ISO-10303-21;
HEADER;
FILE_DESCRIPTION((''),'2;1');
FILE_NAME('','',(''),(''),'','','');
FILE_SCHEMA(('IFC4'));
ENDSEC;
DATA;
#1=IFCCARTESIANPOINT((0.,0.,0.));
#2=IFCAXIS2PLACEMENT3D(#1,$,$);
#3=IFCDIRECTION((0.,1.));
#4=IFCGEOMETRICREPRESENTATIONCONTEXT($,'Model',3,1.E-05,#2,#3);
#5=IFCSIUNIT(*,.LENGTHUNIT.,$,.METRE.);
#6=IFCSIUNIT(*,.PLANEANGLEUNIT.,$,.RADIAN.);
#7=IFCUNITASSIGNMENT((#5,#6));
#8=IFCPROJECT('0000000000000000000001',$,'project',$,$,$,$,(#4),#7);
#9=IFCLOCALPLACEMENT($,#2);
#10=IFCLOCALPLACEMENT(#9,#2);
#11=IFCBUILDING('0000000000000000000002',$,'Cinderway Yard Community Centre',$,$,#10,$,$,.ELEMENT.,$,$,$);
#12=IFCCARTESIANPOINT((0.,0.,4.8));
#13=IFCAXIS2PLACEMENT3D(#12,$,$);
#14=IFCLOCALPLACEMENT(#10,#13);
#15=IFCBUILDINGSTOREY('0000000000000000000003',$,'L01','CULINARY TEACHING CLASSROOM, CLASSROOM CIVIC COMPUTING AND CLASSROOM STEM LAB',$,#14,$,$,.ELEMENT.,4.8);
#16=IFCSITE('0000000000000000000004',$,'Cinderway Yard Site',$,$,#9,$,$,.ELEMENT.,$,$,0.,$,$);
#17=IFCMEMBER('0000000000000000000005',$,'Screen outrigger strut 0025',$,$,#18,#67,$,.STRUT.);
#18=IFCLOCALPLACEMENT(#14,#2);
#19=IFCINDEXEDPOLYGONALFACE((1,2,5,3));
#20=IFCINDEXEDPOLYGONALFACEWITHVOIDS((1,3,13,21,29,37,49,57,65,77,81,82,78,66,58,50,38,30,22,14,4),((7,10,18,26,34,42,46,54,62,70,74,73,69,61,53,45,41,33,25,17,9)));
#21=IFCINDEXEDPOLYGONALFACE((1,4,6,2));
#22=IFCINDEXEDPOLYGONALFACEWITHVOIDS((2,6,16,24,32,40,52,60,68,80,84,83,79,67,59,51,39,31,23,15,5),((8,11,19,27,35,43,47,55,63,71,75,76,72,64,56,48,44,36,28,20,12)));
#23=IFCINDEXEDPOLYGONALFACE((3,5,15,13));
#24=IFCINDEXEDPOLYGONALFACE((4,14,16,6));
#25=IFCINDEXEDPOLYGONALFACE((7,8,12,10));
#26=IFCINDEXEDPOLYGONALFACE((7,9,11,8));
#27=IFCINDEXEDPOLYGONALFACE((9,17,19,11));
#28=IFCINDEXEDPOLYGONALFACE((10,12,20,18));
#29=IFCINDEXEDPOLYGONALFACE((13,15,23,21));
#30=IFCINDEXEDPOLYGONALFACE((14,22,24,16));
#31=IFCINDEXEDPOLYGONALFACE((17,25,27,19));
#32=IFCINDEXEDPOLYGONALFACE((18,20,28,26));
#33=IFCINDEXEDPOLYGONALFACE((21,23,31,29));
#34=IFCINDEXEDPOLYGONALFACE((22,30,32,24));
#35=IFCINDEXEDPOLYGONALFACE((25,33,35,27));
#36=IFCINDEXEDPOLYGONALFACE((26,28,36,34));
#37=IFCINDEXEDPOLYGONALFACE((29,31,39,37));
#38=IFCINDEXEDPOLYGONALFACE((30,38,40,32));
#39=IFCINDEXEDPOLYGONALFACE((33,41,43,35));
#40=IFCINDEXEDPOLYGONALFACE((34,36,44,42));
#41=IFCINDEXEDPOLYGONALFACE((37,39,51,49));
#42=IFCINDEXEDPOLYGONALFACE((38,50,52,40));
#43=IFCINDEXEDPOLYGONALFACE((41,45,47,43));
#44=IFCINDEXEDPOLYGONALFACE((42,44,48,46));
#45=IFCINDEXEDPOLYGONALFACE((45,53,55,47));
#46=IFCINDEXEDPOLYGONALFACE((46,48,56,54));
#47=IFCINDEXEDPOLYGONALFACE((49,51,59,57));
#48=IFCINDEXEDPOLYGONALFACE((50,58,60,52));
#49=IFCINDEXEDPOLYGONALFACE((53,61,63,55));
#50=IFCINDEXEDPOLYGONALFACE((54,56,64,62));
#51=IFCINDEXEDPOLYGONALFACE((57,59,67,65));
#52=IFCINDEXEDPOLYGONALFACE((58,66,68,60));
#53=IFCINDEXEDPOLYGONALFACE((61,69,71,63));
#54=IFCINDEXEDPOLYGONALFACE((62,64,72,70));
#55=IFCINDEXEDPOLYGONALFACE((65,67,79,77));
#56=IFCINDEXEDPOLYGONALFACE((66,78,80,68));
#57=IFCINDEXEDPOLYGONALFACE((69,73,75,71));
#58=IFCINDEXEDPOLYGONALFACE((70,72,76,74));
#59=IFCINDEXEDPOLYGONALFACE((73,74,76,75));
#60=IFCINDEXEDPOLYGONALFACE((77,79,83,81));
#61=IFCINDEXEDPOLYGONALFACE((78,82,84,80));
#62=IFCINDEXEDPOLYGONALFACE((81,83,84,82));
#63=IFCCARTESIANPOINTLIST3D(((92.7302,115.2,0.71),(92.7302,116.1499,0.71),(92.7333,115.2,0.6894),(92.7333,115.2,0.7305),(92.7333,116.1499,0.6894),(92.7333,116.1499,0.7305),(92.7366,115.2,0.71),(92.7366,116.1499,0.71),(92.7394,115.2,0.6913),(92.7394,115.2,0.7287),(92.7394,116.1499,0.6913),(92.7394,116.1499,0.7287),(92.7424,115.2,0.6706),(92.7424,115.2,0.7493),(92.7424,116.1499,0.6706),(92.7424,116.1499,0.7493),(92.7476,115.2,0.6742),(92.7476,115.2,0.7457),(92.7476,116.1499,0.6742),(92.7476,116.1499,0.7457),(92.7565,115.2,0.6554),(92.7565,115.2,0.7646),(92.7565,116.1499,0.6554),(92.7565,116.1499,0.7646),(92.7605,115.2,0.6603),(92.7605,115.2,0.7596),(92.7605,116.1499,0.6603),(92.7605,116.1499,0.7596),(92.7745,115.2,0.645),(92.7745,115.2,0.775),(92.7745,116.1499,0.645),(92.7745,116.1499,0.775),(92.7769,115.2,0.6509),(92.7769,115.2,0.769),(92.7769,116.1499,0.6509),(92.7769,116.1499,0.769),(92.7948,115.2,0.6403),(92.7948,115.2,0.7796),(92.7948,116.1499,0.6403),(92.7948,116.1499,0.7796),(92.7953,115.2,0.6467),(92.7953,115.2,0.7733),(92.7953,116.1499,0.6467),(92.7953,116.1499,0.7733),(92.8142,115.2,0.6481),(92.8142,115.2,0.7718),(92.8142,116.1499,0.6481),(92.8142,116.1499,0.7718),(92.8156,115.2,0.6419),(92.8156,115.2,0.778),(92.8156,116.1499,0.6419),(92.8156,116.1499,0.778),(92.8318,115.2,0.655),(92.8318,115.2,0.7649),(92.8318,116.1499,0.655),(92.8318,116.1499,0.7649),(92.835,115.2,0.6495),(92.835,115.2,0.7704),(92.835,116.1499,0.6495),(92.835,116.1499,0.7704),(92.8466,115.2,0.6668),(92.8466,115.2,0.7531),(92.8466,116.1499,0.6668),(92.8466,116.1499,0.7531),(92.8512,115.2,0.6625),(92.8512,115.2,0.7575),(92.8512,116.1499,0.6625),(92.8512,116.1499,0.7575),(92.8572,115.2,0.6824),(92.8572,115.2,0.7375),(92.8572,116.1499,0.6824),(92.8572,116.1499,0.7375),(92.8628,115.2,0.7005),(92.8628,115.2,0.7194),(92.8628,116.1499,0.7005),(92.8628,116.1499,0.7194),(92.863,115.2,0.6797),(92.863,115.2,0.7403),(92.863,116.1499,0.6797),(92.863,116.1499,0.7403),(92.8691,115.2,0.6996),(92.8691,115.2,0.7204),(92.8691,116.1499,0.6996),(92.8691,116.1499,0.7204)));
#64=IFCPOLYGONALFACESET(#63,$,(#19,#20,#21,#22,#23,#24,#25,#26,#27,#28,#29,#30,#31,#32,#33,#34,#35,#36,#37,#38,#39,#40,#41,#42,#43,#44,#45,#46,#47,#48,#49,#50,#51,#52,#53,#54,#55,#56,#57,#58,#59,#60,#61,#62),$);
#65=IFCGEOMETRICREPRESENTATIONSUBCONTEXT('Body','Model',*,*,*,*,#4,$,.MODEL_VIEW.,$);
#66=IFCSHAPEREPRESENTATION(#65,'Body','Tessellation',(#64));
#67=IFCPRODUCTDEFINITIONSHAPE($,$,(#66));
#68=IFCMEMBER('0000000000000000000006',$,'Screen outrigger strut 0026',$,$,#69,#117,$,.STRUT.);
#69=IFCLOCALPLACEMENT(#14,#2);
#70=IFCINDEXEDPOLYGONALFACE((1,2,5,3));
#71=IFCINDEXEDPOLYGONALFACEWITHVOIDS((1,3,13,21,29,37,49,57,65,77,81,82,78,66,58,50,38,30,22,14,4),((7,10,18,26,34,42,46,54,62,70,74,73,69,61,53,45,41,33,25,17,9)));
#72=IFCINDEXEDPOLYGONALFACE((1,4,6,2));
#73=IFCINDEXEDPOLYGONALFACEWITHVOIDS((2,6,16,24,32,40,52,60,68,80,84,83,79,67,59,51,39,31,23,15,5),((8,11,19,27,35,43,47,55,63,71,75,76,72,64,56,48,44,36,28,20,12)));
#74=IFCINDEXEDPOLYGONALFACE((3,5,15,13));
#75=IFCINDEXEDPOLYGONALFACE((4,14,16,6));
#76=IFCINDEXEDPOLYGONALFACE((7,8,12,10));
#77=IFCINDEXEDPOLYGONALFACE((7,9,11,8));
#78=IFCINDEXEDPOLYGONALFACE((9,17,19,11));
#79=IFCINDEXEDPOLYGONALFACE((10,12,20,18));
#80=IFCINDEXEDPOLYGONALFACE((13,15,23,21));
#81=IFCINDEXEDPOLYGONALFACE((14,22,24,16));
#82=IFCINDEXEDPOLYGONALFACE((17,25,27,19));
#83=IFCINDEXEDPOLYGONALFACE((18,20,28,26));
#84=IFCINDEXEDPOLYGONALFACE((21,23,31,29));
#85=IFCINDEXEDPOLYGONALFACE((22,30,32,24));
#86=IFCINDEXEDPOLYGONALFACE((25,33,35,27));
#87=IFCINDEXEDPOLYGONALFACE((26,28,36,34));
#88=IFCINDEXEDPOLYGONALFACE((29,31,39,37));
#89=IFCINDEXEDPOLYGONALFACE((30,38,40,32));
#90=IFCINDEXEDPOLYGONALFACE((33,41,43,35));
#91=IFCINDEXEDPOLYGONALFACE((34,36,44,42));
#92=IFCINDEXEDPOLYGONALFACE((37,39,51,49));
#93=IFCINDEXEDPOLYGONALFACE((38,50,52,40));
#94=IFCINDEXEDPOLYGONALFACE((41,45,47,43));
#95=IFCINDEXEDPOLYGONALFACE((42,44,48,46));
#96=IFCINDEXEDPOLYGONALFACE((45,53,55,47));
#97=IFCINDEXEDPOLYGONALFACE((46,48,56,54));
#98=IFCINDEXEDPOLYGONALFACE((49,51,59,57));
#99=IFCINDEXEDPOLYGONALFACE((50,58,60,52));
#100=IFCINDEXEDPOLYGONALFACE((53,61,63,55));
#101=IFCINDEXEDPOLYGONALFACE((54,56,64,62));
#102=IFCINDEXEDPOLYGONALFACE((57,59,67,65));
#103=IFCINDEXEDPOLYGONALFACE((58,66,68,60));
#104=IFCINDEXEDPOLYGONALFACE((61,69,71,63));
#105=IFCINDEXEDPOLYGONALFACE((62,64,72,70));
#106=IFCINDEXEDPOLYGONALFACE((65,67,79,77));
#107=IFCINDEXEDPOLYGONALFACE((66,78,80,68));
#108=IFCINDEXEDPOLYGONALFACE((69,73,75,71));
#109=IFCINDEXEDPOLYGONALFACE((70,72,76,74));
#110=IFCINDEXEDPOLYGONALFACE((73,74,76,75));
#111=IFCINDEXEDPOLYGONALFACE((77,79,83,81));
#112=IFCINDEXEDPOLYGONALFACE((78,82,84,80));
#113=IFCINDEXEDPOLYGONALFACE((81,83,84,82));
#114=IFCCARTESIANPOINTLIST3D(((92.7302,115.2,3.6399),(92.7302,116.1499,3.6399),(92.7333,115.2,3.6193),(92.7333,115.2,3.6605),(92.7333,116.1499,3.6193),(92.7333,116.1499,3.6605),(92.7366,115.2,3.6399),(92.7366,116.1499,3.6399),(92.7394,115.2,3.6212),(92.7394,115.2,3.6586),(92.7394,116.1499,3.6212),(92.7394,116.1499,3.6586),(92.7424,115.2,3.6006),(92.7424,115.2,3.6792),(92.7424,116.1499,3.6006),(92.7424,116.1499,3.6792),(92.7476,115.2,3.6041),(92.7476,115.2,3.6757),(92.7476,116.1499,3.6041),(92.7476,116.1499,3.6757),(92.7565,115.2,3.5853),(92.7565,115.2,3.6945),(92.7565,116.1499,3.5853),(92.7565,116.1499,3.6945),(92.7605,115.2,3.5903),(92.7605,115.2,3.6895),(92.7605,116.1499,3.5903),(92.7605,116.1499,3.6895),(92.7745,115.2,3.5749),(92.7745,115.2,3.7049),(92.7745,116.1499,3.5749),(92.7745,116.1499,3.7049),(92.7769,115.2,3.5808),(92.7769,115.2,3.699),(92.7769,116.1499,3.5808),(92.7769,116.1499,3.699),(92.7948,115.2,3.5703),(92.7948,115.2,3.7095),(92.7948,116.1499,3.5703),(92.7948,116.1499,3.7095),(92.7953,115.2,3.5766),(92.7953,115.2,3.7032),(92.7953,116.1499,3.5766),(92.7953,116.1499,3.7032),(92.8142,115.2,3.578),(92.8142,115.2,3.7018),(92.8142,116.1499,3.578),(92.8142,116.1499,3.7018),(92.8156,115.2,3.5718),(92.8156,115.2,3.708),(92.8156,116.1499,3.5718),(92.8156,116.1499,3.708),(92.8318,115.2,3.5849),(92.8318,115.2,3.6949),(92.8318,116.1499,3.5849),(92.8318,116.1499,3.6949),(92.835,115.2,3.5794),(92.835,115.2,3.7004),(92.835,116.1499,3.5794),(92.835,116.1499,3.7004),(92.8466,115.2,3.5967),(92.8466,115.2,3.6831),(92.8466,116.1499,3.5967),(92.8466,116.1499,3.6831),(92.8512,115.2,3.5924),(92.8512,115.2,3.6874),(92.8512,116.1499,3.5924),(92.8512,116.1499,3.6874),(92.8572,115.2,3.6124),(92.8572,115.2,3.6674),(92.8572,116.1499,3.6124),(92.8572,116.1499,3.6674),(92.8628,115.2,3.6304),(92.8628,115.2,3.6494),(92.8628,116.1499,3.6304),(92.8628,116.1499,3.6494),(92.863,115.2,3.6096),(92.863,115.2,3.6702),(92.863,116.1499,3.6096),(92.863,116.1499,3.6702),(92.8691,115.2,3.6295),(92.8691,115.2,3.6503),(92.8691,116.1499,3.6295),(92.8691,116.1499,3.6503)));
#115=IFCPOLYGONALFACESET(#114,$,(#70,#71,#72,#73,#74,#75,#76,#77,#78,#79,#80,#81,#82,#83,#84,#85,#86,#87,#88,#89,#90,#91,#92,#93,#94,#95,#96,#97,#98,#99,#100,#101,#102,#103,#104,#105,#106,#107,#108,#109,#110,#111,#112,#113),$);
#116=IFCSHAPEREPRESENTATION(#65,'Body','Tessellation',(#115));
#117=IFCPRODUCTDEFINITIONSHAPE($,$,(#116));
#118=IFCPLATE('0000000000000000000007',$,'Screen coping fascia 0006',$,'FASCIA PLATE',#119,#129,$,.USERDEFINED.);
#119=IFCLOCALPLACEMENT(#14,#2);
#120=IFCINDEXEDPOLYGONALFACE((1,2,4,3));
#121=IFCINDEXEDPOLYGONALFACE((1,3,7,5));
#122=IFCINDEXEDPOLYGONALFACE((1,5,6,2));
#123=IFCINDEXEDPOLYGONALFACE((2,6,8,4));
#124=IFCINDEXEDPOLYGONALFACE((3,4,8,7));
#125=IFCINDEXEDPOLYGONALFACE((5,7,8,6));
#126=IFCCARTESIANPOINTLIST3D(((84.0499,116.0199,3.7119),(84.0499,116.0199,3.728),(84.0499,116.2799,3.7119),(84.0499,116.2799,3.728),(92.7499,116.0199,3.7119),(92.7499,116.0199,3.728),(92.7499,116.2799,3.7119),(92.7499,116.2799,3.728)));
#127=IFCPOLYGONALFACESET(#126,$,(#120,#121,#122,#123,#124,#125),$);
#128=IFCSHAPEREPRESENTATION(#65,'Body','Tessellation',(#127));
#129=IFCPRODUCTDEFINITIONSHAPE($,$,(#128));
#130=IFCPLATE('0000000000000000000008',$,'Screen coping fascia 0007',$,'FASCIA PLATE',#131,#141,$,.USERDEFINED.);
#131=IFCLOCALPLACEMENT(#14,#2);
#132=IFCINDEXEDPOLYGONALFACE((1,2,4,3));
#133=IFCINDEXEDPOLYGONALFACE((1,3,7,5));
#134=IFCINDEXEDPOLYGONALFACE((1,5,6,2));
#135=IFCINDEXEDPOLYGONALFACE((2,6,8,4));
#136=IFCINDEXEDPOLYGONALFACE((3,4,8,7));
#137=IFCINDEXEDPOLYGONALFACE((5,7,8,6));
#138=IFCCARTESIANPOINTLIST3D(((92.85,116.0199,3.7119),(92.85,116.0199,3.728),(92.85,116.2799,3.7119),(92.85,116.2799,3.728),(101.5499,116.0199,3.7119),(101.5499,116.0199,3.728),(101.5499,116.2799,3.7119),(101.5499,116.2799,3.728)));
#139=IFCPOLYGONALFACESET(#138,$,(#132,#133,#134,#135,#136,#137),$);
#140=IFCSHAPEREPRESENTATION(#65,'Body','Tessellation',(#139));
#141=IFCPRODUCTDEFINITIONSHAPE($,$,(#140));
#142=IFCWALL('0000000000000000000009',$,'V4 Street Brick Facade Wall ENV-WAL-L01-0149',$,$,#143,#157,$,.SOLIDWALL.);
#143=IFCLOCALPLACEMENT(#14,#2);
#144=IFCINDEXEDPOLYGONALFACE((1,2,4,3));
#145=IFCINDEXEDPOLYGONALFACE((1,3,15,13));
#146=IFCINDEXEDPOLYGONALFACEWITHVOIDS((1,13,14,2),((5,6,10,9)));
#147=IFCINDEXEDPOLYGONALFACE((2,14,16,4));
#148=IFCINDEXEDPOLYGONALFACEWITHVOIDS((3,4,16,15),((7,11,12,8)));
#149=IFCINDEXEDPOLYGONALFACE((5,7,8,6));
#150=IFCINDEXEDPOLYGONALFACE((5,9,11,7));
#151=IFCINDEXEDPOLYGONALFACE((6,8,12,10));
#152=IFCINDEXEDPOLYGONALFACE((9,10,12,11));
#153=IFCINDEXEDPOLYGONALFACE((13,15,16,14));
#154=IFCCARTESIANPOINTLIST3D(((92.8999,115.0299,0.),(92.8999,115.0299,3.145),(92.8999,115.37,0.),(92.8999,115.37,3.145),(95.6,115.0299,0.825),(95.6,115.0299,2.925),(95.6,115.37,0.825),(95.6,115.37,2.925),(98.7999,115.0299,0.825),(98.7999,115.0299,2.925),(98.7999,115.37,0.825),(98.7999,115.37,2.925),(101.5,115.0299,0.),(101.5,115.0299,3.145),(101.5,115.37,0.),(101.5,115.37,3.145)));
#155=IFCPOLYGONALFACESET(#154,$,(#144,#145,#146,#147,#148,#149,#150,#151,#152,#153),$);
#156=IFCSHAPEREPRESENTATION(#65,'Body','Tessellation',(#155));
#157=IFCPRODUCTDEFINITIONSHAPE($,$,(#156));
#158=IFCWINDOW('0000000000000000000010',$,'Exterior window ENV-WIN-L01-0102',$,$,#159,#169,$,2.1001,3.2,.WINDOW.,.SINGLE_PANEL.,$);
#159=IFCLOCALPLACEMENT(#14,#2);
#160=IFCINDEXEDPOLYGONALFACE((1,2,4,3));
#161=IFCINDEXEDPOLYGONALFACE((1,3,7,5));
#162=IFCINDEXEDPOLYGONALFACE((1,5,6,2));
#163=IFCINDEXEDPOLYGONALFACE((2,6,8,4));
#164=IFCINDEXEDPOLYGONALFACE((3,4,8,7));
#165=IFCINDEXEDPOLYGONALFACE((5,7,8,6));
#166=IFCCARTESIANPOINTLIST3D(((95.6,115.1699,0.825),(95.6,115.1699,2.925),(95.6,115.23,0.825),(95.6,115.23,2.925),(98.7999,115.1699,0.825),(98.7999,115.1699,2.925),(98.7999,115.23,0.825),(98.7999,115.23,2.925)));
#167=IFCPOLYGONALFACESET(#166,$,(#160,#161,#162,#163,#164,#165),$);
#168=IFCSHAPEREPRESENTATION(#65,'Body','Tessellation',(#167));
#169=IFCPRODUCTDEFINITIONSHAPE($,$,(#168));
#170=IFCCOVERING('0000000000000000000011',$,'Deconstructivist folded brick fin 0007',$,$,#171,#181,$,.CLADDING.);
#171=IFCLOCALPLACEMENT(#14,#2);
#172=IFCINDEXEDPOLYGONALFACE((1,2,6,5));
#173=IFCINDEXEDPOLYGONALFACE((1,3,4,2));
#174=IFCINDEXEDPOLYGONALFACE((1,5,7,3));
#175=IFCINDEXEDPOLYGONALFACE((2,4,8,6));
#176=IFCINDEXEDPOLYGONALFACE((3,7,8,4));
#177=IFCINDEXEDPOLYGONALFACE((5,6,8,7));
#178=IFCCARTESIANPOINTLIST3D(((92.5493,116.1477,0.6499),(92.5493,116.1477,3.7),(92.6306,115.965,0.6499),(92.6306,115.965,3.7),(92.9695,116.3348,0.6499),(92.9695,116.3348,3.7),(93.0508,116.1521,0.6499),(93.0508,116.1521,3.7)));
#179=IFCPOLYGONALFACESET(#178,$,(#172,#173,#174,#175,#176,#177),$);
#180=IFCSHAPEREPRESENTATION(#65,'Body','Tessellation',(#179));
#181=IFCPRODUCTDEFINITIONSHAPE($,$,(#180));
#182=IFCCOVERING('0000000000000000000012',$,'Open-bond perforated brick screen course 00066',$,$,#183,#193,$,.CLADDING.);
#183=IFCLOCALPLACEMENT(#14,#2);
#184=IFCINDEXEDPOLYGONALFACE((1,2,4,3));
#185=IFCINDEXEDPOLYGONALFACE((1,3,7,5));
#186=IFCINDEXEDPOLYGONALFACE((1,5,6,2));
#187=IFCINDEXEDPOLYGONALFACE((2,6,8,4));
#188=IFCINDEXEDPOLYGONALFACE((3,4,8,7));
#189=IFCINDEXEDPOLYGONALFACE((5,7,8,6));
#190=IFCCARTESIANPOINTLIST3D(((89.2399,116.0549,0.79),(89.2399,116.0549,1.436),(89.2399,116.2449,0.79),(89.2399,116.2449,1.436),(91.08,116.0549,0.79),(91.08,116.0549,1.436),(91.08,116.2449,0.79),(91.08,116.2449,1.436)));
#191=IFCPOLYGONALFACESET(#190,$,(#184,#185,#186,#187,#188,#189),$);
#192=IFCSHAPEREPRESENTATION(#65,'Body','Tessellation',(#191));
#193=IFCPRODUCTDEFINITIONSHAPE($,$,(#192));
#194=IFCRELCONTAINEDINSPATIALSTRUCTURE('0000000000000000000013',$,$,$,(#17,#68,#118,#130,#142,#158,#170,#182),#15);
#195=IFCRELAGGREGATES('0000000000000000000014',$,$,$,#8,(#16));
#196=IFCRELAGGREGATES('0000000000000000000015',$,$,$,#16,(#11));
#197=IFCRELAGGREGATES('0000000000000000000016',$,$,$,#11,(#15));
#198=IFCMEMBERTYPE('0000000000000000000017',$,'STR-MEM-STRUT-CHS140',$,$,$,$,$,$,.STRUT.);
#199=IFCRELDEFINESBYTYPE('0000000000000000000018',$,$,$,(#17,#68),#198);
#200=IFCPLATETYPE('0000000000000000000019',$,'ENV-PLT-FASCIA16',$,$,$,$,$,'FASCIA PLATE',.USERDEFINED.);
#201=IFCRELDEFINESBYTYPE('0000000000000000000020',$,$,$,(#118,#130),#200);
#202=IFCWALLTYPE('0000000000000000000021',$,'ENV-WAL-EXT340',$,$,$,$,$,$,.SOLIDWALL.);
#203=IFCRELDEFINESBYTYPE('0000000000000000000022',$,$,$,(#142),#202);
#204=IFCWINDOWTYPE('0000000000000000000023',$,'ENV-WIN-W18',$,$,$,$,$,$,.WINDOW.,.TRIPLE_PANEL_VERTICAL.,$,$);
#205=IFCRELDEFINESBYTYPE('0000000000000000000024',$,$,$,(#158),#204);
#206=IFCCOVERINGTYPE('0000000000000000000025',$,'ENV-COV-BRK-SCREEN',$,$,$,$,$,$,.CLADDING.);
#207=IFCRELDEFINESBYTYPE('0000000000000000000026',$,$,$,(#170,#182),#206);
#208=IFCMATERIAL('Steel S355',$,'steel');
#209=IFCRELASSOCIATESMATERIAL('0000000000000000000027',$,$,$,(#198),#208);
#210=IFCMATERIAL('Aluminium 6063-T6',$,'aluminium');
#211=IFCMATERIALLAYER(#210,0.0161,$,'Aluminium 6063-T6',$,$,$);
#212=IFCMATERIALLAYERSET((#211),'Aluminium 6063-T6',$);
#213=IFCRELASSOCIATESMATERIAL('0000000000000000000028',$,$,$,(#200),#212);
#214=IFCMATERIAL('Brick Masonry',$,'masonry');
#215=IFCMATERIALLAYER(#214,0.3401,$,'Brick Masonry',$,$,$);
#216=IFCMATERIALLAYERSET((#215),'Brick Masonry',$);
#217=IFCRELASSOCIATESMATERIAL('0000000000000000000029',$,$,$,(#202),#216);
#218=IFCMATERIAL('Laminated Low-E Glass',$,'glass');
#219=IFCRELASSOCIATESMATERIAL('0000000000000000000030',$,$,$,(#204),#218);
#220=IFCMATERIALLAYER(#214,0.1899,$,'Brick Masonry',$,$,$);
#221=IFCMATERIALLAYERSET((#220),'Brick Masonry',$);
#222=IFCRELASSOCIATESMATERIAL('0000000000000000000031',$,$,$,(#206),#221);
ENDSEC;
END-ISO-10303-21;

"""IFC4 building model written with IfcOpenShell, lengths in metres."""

from ifc_helpers import new_model, si_unit, direction, frame, frame_2d, origin, origin_2d, place, context, subcontext, project, spatial, rectangle, hollow_circle, extrude, material, layer, layer_set, material_profile, profile_set, type_object, element, fill, save


model = new_model("IFC4")

# Units and contexts
model_context = context("Model", 3, precision=1e-05, world=origin(), true_north=direction((0.0, 1.0)))
body_context = subcontext(model_context, "Body", "Model", "MODEL_VIEW")
ifc_project = project(units=[si_unit("LENGTHUNIT", "METRE"), si_unit("PLANEANGLEUNIT", "RADIAN")], contexts=[model_context])

# Site, building, storey
site_placement = place(None, origin())
site = spatial("IfcSite", under=ifc_project, at=site_placement, Name="Cinderway Yard Site", CompositionType="ELEMENT", RefElevation=0.0)
building_placement = place(site_placement, origin())
building = spatial("IfcBuilding", under=site, at=building_placement, Name="Cinderway Yard Community Centre", CompositionType="ELEMENT")
storey_placement = place(building_placement, frame((0.0, 0.0, 4.8)))
storey = spatial("IfcBuildingStorey", under=building, at=storey_placement, Name="L01", Description="CULINARY TEACHING CLASSROOM, CLASSROOM CIVIC COMPUTING AND CLASSROOM STEM LAB", CompositionType="ELEMENT", Elevation=4.8)

# Shared definitions
ifc_material_1 = material(Name="Steel S355", Category="steel")

# Members
ifc_material_profile_1 = material_profile(ifc_material_1, hollow_circle(Radius=0.0698, WallThickness=0.0063, at=origin_2d()), Name="Steel S355")
ifc_profile_set_1 = profile_set([ifc_material_profile_1], Name="Steel S355")
member_type_1 = type_object("IfcMemberType", Name="STR-MEM-STRUT-CHS140", PredefinedType="STRUT", material=ifc_profile_set_1)
for number, where, z_axis, x_axis, name in (
    (1, (92.8, 115.2, 0.71), (0.0, 1.0, 0.0), (-1.0, 0.0, 0.0), "Screen outrigger strut 0025"),
    (2, (92.8, 115.2, 3.6399), (0.0, 1.0, 0.0), (-1.0, 0.0, 0.0), "Screen outrigger strut 0026"),
):
    element("IfcMember", number, at=place(storey_placement, frame(where, z_axis=z_axis, x_axis=x_axis)), inside=storey, type_object=member_type_1, Name=name, PredefinedType="STRUT", context=body_context, shape_type="SweptSolid", body=[
        extrude(hollow_circle(Radius=0.0698, WallThickness=0.0063, at=origin_2d()), origin(), (0.0, 0.0, 1.0), 0.95),
    ])

# Plates
ifc_material_2 = material(Name="Aluminium 6063-T6", Category="aluminium")
ifc_layer_1 = layer(ifc_material_2, 0.0161, Name="Aluminium 6063-T6")
ifc_layer_set_1 = layer_set([ifc_layer_1], Name="Aluminium 6063-T6")
plate_type = type_object("IfcPlateType", Name="ENV-PLT-FASCIA16", ElementType="FASCIA PLATE", PredefinedType="USERDEFINED", material=ifc_layer_set_1)
for number, where, z_axis, x_axis, name in (
    (3, (88.3999, 116.1499, 3.7119), (0.0, 0.0, 1.0), (1.0, 0.0, 0.0), "Screen coping fascia 0006"),
    (4, (97.2, 116.1499, 3.7119), (0.0, 0.0, 1.0), (1.0, 0.0, 0.0), "Screen coping fascia 0007"),
):
    element("IfcPlate", number, at=place(storey_placement, frame(where, z_axis=z_axis, x_axis=x_axis)), inside=storey, type_object=plate_type, Name=name, ObjectType="FASCIA PLATE", PredefinedType="USERDEFINED", context=body_context, shape_type="SweptSolid", body=[
        extrude(rectangle(XDim=8.7, YDim=0.26, at=origin_2d()), origin(), (0.0, 0.0, 1.0), 0.0161),
    ])

# Wall, opening, window
ifc_material_3 = material(Name="Brick Masonry", Category="masonry")
ifc_layer_2 = layer(ifc_material_3, 0.3401, Name="Brick Masonry")
ifc_layer_set_2 = layer_set([ifc_layer_2], Name="Brick Masonry")
wall_type = type_object("IfcWallType", Name="ENV-WAL-EXT340", PredefinedType="SOLIDWALL", material=ifc_layer_set_2)
wall_placement = place(storey_placement, frame((92.8999, 115.2, 0.0), z_axis=(0.0, 0.0, 1.0), x_axis=(1.0, 0.0, 0.0)))
wall = element("IfcWall", 5, at=wall_placement, inside=storey, type_object=wall_type, Name="V4 Street Brick Facade Wall ENV-WAL-L01-0149", PredefinedType="SOLIDWALL", context=body_context, shape_type="SweptSolid", body=[
    extrude(rectangle(XDim=8.6001, YDim=0.3401, at=frame_2d((4.3, 0.0))), origin(), (0.0, 0.0, 1.0), 3.145),
])
opening_placement = place(wall_placement, frame((2.7, 0.0, 0.825)))
opening = element("IfcOpeningElement", 6, at=opening_placement, cuts=wall, PredefinedType="OPENING", context=body_context, shape_type="SweptSolid", body=[
    extrude(rectangle(XDim=3.2, YDim=2.1001, at=frame_2d((1.6001, 1.05))), frame((0.0, 0.1799, 0.0), z_axis=(0.0, -1.0, 0.0), x_axis=(1.0, 0.0, 0.0)), (0.0, 0.0, 1.0), 0.3601),
])
ifc_material_4 = material(Name="Laminated Low-E Glass", Category="glass")
window_type = type_object("IfcWindowType", Name="ENV-WIN-W18", PartitioningType="TRIPLE_PANEL_VERTICAL", PredefinedType="WINDOW", material=ifc_material_4)
window_placement = place(opening_placement, origin())
window = element("IfcWindow", 7, at=window_placement, inside=storey, type_object=window_type, Name="Exterior window ENV-WIN-L01-0102", OverallHeight=2.1001, OverallWidth=3.2, PartitioningType="SINGLE_PANEL", PredefinedType="WINDOW", context=body_context, shape_type="SweptSolid", body=[
    extrude(rectangle(XDim=3.2, YDim=2.1001, at=frame_2d((1.6001, 1.05))), frame((0.0, 0.03, 0.0), z_axis=(0.0, -1.0, 0.0), x_axis=(1.0, 0.0, 0.0)), (0.0, 0.0, 1.0), 0.0601),
])
fill(opening, window)

# Coverings
ifc_layer_3 = layer(ifc_material_3, 0.1899, Name="Brick Masonry")
ifc_layer_set_3 = layer_set([ifc_layer_3], Name="Brick Masonry")
covering_type = type_object("IfcCoveringType", Name="ENV-COV-BRK-SCREEN", PredefinedType="CLADDING", material=ifc_layer_set_3)
covering_placement = place(storey_placement, frame((92.8, 116.1499, 0.6499), z_axis=(0.0, 0.0, 1.0), x_axis=(0.913545, 0.406737, 0.0)))
element("IfcCovering", 8, at=covering_placement, inside=storey, type_object=covering_type, Name="Deconstructivist folded brick fin 0007", PredefinedType="CLADDING", context=body_context, shape_type="SweptSolid", body=[
    extrude(rectangle(XDim=0.46, YDim=0.2, at=origin_2d()), origin(), (0.0, 0.0, 1.0), 3.05),
])
for number, where, z_axis, x_axis, name in (
    (9, (90.1599, 116.1499, 0.79), (0.0, 0.0, 1.0), (1.0, 0.0, 0.0), "Open-bond perforated brick screen course 00066"),
):
    element("IfcCovering", number, at=place(storey_placement, frame(where, z_axis=z_axis, x_axis=x_axis)), inside=storey, type_object=covering_type, Name=name, PredefinedType="CLADDING", context=body_context, shape_type="SweptSolid", body=[
        extrude(rectangle(XDim=1.8401, YDim=0.1899, at=origin_2d()), origin(), (0.0, 0.0, 1.0), 0.646),
    ])

save(model, "model.ifc")
